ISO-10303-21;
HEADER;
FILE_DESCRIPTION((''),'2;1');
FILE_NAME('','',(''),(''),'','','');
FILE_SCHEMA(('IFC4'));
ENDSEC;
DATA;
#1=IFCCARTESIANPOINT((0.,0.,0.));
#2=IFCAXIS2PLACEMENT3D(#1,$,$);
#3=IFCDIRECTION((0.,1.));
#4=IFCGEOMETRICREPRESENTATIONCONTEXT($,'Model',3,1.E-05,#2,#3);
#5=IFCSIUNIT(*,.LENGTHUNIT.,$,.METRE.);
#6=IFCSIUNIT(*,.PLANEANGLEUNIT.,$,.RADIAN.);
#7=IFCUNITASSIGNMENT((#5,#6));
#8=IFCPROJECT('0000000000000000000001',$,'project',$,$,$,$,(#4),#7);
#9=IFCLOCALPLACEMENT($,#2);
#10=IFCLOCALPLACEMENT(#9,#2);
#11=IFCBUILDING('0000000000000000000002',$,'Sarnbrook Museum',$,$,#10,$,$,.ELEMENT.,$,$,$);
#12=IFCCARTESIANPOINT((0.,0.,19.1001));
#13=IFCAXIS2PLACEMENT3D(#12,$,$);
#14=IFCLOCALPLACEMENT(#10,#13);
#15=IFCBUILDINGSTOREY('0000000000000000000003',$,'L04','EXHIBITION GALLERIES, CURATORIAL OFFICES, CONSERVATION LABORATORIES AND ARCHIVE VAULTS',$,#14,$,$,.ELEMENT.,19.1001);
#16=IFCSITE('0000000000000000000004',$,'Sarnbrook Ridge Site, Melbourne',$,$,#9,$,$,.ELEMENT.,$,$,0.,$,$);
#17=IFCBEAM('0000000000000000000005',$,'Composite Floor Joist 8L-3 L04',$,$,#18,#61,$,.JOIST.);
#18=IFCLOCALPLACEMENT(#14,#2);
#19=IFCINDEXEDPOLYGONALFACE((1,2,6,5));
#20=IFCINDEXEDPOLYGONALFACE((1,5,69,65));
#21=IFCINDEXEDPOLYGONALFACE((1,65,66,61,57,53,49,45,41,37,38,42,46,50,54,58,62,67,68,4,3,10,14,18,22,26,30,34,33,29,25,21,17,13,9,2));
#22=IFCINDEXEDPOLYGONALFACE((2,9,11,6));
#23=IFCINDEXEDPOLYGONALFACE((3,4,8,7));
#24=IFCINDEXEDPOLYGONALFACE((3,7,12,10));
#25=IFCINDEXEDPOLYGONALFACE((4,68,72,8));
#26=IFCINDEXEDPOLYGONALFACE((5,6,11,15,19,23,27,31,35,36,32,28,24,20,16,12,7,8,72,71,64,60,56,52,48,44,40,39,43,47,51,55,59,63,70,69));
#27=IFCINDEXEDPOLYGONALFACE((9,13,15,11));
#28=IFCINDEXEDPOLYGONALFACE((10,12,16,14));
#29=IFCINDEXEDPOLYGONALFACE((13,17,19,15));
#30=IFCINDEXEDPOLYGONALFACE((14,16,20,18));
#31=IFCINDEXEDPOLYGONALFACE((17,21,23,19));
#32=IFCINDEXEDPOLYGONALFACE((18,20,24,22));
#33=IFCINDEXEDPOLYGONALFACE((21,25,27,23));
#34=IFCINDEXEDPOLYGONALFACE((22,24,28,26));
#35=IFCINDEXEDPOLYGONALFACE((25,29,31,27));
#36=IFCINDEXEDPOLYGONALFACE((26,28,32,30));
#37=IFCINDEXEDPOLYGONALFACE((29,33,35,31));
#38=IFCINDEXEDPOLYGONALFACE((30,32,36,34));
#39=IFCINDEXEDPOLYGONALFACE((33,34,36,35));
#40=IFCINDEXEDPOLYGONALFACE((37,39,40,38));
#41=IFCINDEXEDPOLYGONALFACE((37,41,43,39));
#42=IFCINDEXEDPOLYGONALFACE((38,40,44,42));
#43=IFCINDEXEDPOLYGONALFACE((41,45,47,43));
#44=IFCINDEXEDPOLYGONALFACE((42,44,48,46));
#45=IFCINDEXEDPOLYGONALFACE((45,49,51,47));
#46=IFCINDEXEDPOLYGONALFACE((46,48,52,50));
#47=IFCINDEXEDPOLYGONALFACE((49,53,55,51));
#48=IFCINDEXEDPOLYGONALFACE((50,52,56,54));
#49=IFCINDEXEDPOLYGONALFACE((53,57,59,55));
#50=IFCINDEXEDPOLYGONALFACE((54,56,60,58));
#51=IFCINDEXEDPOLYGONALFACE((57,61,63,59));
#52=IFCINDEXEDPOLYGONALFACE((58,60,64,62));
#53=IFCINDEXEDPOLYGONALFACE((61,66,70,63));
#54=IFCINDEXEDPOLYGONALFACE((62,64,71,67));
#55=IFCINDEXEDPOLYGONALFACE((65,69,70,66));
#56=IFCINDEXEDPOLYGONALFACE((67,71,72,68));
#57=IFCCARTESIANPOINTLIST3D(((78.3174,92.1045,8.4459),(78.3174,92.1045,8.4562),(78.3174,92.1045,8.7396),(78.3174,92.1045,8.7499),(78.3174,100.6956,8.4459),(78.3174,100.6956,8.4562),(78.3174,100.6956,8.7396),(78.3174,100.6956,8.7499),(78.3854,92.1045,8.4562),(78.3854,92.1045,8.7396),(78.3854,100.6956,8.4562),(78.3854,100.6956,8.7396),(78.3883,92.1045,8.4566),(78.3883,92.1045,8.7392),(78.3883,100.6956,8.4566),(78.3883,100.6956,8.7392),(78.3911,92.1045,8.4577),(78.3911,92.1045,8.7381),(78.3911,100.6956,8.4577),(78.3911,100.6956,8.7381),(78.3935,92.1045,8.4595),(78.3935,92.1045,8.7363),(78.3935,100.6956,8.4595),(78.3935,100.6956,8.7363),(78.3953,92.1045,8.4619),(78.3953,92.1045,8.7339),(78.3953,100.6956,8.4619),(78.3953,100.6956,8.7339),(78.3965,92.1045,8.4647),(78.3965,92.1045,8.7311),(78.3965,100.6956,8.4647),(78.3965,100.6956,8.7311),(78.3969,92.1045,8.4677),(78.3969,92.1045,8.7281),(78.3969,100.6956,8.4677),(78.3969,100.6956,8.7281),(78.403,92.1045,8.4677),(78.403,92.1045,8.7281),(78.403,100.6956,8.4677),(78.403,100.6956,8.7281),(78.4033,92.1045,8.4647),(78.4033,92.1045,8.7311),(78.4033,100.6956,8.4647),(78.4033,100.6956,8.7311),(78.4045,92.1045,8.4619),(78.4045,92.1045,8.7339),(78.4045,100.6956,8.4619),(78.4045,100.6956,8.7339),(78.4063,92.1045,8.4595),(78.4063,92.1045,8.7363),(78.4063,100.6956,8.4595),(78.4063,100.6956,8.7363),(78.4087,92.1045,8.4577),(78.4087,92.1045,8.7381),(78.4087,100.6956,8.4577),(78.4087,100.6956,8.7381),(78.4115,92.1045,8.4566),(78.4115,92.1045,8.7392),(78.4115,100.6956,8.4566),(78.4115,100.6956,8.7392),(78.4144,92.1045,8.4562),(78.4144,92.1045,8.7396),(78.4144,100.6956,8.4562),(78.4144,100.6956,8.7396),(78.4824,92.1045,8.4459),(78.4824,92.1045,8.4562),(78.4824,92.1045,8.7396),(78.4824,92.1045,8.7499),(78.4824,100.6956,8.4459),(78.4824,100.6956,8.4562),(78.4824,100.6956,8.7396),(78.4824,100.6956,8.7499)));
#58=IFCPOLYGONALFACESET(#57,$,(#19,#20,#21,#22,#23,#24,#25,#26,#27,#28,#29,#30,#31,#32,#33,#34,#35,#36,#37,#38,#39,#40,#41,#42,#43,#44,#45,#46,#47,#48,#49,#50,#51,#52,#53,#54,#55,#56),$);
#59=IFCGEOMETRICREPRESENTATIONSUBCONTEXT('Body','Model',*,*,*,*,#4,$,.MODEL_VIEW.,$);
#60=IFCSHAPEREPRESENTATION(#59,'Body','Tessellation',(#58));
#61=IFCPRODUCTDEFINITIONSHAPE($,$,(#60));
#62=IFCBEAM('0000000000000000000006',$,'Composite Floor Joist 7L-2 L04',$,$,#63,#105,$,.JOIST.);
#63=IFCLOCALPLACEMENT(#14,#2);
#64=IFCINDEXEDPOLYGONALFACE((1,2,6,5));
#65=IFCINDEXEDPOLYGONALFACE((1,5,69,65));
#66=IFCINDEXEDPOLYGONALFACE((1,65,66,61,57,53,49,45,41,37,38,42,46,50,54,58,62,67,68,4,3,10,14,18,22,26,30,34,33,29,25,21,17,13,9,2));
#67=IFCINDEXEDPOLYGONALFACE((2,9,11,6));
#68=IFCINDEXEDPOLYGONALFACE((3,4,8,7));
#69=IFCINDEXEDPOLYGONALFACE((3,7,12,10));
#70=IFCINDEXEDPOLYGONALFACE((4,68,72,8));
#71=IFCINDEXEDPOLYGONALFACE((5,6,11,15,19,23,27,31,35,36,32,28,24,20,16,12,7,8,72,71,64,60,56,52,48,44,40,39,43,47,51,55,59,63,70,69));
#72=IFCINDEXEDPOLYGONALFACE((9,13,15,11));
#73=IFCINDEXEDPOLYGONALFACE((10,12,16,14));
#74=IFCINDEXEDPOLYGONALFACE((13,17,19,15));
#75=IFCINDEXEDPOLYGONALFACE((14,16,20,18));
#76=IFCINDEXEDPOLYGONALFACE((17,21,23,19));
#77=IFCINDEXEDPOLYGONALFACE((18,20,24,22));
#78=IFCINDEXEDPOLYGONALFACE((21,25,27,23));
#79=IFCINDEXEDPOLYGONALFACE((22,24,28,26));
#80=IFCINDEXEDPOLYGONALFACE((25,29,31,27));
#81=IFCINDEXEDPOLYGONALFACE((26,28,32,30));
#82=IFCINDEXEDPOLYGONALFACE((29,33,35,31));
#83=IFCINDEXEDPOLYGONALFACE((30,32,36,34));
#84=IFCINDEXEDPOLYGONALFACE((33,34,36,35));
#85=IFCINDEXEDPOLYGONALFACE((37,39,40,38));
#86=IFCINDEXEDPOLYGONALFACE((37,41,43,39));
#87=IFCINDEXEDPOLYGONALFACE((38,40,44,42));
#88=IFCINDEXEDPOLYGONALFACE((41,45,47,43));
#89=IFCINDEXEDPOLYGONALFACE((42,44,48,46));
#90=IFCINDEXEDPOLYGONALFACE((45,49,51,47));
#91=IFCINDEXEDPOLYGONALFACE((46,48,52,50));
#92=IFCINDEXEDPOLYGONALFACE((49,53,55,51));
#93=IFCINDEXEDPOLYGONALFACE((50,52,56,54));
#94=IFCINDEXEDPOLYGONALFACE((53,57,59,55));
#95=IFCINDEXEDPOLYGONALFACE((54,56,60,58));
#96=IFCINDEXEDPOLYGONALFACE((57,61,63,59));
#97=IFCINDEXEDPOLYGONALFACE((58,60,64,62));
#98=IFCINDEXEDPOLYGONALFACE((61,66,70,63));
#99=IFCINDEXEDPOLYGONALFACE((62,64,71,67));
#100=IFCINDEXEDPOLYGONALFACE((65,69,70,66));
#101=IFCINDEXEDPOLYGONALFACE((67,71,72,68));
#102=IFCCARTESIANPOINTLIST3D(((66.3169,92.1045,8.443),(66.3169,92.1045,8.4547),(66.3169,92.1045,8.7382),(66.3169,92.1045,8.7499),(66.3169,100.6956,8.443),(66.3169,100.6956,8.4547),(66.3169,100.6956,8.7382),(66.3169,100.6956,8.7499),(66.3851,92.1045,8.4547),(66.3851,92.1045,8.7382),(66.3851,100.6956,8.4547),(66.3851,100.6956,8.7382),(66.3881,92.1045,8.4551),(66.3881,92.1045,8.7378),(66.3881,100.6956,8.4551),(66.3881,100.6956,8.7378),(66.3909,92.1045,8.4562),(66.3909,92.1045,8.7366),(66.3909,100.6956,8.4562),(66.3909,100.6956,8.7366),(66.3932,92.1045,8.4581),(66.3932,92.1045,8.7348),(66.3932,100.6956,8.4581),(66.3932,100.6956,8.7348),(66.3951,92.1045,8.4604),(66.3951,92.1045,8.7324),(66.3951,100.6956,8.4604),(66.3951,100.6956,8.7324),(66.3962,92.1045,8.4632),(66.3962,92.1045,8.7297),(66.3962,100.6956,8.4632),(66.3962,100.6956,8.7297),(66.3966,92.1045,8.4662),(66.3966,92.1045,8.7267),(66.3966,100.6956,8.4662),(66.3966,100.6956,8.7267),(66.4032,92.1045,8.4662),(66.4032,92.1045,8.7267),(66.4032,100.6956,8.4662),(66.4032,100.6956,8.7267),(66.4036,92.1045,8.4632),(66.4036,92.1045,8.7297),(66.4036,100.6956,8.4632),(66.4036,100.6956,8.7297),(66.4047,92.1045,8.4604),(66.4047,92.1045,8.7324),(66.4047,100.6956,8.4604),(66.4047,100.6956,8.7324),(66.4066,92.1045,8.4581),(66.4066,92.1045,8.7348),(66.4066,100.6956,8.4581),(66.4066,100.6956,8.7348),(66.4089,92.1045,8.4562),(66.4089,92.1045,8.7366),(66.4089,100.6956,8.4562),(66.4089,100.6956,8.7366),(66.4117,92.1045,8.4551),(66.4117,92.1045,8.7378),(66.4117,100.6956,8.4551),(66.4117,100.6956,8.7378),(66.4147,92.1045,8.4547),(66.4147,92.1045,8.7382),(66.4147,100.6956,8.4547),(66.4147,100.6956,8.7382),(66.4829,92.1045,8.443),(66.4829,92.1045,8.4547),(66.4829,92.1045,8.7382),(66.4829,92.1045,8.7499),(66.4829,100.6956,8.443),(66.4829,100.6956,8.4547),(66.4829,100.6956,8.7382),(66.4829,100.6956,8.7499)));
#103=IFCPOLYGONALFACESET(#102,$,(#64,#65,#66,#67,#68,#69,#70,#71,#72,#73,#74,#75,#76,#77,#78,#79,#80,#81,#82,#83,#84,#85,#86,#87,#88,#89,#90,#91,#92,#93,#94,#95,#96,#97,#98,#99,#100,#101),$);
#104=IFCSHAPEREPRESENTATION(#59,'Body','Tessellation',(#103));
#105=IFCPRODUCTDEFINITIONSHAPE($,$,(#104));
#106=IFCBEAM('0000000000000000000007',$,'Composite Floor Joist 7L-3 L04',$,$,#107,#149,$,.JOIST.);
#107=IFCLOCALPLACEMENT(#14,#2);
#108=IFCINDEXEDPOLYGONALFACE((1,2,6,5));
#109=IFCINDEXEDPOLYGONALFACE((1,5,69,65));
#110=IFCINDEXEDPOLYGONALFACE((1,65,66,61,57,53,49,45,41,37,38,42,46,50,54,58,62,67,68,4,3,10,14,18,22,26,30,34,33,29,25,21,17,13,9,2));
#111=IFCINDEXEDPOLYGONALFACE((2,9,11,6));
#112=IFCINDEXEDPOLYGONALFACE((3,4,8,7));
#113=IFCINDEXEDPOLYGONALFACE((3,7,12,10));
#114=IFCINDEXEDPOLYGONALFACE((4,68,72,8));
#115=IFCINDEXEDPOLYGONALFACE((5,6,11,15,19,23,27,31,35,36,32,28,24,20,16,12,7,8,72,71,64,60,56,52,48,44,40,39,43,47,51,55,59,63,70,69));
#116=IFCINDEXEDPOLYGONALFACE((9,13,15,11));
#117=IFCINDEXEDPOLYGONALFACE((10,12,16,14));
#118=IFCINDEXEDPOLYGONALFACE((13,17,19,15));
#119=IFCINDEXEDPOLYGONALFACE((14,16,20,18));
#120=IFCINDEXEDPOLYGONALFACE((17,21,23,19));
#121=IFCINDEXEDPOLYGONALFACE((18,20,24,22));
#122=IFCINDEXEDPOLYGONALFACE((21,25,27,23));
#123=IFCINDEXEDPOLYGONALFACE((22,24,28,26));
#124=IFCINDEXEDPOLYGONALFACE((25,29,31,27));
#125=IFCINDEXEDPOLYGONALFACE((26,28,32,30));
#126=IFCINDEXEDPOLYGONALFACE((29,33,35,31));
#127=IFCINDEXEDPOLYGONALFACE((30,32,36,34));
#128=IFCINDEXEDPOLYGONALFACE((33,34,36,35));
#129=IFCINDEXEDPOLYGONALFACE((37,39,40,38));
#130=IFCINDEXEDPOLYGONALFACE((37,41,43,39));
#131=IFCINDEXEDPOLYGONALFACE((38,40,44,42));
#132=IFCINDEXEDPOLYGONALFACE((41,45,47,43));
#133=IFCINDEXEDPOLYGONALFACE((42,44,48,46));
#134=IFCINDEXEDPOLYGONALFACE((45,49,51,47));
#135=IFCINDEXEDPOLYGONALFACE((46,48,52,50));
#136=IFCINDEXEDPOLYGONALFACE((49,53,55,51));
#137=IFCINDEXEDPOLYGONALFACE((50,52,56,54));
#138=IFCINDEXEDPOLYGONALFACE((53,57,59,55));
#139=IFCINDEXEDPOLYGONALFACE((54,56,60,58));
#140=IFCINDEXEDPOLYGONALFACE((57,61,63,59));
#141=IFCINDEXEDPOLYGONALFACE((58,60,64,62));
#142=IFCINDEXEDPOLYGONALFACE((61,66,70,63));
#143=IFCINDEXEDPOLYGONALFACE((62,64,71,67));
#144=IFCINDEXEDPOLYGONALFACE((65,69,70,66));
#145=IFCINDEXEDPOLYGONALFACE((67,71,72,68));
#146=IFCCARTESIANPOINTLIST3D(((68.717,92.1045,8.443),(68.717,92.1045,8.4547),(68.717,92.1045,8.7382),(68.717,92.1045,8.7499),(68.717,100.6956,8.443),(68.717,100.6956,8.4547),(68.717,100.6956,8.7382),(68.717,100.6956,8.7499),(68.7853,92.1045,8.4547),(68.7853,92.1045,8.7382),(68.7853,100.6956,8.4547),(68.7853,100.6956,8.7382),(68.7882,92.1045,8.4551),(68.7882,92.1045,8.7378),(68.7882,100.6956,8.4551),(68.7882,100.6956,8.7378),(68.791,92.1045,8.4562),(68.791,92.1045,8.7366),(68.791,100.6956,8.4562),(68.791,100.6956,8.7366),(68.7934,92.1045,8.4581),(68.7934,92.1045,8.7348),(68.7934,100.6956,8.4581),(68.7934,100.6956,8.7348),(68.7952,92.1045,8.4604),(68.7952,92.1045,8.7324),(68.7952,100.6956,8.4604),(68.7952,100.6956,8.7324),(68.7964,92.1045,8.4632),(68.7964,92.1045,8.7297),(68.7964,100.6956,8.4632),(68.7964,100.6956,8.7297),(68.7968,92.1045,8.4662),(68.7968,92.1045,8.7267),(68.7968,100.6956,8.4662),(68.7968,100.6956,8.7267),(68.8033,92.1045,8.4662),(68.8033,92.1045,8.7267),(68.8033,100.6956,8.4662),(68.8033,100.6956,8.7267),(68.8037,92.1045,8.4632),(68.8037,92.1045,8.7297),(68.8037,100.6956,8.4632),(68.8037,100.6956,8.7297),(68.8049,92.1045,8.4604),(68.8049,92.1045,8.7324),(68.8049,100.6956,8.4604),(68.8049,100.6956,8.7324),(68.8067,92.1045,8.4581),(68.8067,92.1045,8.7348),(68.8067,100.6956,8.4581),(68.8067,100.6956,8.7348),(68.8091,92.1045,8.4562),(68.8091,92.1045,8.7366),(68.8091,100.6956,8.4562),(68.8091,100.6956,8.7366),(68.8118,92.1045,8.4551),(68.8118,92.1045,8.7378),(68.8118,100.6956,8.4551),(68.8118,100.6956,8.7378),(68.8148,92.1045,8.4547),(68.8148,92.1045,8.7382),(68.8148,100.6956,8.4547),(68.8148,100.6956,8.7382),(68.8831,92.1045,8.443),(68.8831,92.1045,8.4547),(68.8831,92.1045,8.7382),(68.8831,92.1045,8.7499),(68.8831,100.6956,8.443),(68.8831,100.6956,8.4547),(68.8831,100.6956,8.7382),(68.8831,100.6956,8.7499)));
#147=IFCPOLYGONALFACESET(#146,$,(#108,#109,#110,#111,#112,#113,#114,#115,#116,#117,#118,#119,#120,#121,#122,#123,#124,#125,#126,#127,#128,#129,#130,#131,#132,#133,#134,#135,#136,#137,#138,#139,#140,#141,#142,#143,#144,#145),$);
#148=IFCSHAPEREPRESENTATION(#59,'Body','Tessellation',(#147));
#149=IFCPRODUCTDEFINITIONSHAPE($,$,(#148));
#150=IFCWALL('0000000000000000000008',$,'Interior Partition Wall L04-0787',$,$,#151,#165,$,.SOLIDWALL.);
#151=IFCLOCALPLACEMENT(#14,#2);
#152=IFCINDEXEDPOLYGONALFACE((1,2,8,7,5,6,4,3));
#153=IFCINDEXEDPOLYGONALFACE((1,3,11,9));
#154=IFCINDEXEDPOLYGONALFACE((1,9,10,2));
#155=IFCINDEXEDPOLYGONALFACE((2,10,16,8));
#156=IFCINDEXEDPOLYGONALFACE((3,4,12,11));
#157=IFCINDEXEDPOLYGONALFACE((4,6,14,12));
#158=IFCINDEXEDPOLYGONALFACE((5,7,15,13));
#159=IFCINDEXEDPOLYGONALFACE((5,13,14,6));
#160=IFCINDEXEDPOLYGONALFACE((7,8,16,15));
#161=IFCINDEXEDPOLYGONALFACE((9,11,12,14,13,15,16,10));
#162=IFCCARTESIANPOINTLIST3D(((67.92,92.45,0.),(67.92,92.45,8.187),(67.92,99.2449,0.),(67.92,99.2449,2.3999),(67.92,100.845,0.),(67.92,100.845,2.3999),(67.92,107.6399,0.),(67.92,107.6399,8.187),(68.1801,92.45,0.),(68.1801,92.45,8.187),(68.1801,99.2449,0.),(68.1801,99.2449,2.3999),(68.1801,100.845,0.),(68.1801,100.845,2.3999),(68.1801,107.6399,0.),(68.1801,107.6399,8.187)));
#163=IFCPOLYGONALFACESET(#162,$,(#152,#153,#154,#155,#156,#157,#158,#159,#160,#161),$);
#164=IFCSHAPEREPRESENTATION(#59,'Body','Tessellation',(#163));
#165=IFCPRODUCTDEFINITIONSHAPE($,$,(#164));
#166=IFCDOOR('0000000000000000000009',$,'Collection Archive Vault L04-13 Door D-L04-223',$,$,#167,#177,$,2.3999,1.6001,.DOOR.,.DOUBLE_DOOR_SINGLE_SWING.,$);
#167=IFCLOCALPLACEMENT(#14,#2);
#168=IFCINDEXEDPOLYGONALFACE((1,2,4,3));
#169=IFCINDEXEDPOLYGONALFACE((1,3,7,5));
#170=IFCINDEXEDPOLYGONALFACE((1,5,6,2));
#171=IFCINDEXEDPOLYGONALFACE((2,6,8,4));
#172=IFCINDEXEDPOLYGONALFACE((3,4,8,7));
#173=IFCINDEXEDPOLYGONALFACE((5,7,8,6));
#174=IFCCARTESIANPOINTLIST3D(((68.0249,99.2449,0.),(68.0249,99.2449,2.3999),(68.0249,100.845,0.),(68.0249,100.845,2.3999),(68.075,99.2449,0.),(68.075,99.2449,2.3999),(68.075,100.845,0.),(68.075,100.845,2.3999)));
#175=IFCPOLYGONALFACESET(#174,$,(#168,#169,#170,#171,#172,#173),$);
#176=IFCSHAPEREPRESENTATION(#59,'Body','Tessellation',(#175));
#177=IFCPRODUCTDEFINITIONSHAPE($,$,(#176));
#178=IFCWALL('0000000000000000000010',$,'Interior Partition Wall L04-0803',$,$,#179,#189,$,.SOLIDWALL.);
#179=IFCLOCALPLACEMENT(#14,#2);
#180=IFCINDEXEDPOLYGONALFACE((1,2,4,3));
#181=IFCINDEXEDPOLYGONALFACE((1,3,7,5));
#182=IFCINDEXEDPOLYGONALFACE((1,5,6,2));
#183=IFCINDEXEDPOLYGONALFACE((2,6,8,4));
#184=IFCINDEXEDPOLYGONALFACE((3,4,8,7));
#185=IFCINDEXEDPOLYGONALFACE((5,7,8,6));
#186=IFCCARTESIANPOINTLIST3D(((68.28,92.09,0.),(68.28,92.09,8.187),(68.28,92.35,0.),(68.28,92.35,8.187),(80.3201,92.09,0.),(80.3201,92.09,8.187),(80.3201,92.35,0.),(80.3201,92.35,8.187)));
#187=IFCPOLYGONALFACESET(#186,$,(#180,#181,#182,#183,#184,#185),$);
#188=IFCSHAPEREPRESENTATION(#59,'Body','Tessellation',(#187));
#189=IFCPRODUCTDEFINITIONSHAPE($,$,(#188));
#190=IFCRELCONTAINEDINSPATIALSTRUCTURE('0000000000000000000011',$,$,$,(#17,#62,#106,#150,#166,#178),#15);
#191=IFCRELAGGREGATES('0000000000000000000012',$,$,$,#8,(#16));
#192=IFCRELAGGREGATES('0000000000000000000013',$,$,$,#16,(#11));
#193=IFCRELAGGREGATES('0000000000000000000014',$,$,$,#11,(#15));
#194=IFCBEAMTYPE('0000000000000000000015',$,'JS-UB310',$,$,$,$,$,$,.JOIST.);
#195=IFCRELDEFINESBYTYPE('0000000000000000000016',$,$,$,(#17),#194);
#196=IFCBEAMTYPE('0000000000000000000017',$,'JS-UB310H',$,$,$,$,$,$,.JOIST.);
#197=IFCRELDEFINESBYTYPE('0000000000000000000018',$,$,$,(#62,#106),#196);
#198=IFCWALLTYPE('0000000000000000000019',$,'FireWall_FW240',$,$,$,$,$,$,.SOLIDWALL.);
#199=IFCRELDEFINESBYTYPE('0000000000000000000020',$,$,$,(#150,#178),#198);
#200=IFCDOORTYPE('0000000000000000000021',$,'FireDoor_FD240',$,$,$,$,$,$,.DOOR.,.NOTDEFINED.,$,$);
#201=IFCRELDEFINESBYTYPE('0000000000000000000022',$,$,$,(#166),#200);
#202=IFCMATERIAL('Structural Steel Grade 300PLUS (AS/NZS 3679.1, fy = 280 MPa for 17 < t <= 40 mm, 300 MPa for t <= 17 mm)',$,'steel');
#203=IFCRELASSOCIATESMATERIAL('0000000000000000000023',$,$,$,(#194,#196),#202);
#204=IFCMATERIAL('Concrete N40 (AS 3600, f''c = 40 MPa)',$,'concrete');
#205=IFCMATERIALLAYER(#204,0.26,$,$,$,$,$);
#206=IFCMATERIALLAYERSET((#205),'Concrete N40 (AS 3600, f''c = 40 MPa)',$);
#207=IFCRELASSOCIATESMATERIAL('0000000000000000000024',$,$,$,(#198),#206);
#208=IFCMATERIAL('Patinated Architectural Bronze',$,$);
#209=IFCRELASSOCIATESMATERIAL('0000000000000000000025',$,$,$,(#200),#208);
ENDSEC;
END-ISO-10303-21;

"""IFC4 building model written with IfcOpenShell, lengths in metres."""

from ifc_helpers import new_model, si_unit, direction, frame, frame_2d, origin, origin_2d, place, context, subcontext, project, spatial, rectangle, i_section, extrude, material, layer, layer_set, material_profile, profile_set, type_object, element, fill, save


model = new_model("IFC4")

# Units and contexts
model_context = context("Model", 3, precision=1e-05, world=origin(), true_north=direction((0.0, 1.0)))
body_context = subcontext(model_context, "Body", "Model", "MODEL_VIEW")
ifc_project = project(units=[si_unit("LENGTHUNIT", "METRE"), si_unit("PLANEANGLEUNIT", "RADIAN")], contexts=[model_context])

# Site, building, storey
site_placement = place(None, origin())
site = spatial("IfcSite", under=ifc_project, at=site_placement, Name="Sarnbrook Ridge Site, Melbourne", CompositionType="ELEMENT", RefElevation=0.0)
building_placement = place(site_placement, origin())
building = spatial("IfcBuilding", under=site, at=building_placement, Name="Sarnbrook Museum", CompositionType="ELEMENT")
storey_placement = place(building_placement, frame((0.0, 0.0, 19.1001)))
storey = spatial("IfcBuildingStorey", under=building, at=storey_placement, Name="L04", Description="EXHIBITION GALLERIES, CURATORIAL OFFICES, CONSERVATION LABORATORIES AND ARCHIVE VAULTS", CompositionType="ELEMENT", Elevation=19.1001)

# Shared definitions
ifc_material_1 = material(Name="Structural Steel Grade 300PLUS (AS/NZS 3679.1, fy = 280 MPa for 17 < t <= 40 mm, 300 MPa for t <= 17 mm)", Category="steel")

# Beams
ifc_material_profile_1 = material_profile(ifc_material_1, i_section(OverallWidth=0.165, OverallDepth=0.304, WebThickness=0.0061, FlangeThickness=0.0103, FilletRadius=0.0115, at=origin_2d()), Name="310UB40.4")
ifc_profile_set_1 = profile_set([ifc_material_profile_1], Name="Structural Steel Grade 300PLUS (AS/NZS 3679.1, fy = 280 MPa for 17 < t <= 40 mm, 300 MPa for t <= 17 mm)")
beam_type_1 = type_object("IfcBeamType", Name="JS-UB310", PredefinedType="JOIST", material=ifc_profile_set_1)
for number, where, z_axis, x_axis, name in (
    (1, (78.3999, 92.1045, 8.5979), (0.0, 1.0, 0.0), (-1.0, 0.0, 0.0), "Composite Floor Joist 8L-3 L04"),
):
    element("IfcBeam", number, at=place(storey_placement, frame(where, z_axis=z_axis, x_axis=x_axis)), inside=storey, type_object=beam_type_1, Name=name, PredefinedType="JOIST", context=body_context, shape_type="SweptSolid", body=[
        extrude(i_section(OverallWidth=0.165, OverallDepth=0.304, WebThickness=0.0061, FlangeThickness=0.0103, FilletRadius=0.0115, at=origin_2d()), origin(), (0.0, 0.0, 1.0), 8.5911),
    ])
ifc_material_profile_2 = material_profile(ifc_material_1, i_section(OverallWidth=0.166, OverallDepth=0.3069, WebThickness=0.0066, FlangeThickness=0.0117, FilletRadius=0.0115, at=origin_2d()), Name="310UB46.2")
ifc_profile_set_2 = profile_set([ifc_material_profile_2], Name="Structural Steel Grade 300PLUS (AS/NZS 3679.1, fy = 280 MPa for 17 < t <= 40 mm, 300 MPa for t <= 17 mm)")
beam_type_2 = type_object("IfcBeamType", Name="JS-UB310H", PredefinedType="JOIST", material=ifc_profile_set_2)
for number, where, z_axis, x_axis, name in (
    (2, (66.3999, 92.1045, 8.5964), (0.0, 1.0, 0.0), (-1.0, 0.0, 0.0), "Composite Floor Joist 7L-2 L04"),
    (3, (68.8, 92.1045, 8.5964), (0.0, 1.0, 0.0), (-1.0, 0.0, 0.0), "Composite Floor Joist 7L-3 L04"),
):
    element("IfcBeam", number, at=place(storey_placement, frame(where, z_axis=z_axis, x_axis=x_axis)), inside=storey, type_object=beam_type_2, Name=name, PredefinedType="JOIST", context=body_context, shape_type="SweptSolid", body=[
        extrude(i_section(OverallWidth=0.166, OverallDepth=0.3069, WebThickness=0.0066, FlangeThickness=0.0117, FilletRadius=0.0115, at=origin_2d()), origin(), (0.0, 0.0, 1.0), 8.5911),
    ])

# Wall, opening, door
ifc_material_2 = material(Name="Concrete N40 (AS 3600, f'c = 40 MPa)", Category="concrete")
ifc_layer = layer(ifc_material_2, 0.26)
ifc_layer_set = layer_set([ifc_layer], Name="Concrete N40 (AS 3600, f'c = 40 MPa)")
wall_type = type_object("IfcWallType", Name="FireWall_FW240", PredefinedType="SOLIDWALL", material=ifc_layer_set)
wall_1_placement = place(storey_placement, frame((68.05, 92.45, 0.0), z_axis=(0.0, 0.0, 1.0), x_axis=(0.0, 1.0, 0.0)))
wall_1 = element("IfcWall", 4, at=wall_1_placement, inside=storey, type_object=wall_type, Name="Interior Partition Wall L04-0787", PredefinedType="SOLIDWALL", context=body_context, shape_type="SweptSolid", body=[
    extrude(rectangle(XDim=15.1899, YDim=0.26, at=frame_2d((7.595, 0.0))), origin(), (0.0, 0.0, 1.0), 8.187),
])
opening_placement = place(wall_1_placement, frame((6.7949, 0.0, 0.0)))
opening = element("IfcOpeningElement", 5, at=opening_placement, cuts=wall_1, PredefinedType="OPENING", context=body_context, shape_type="SweptSolid", body=[
    extrude(rectangle(XDim=1.6001, YDim=2.3999, at=frame_2d((0.8, 1.2))), frame((0.0, 0.1401, 0.0), z_axis=(0.0, -1.0, 0.0), x_axis=(1.0, 0.0, 0.0)), (0.0, 0.0, 1.0), 0.28),
])
ifc_material_3 = material(Name="Patinated Architectural Bronze")
door_type = type_object("IfcDoorType", Name="FireDoor_FD240", OperationType="NOTDEFINED", PredefinedType="DOOR", material=ifc_material_3)
door_placement = place(opening_placement, frame((1.6001, 0.0, 0.0), z_axis=(0.0, 0.0, 1.0), x_axis=(-1.0, 0.0, 0.0)))
door = element("IfcDoor", 6, at=door_placement, inside=storey, type_object=door_type, Name="Collection Archive Vault L04-13 Door D-L04-223", OperationType="DOUBLE_DOOR_SINGLE_SWING", OverallHeight=2.3999, OverallWidth=1.6001, PredefinedType="DOOR", context=body_context, shape_type="SweptSolid", body=[
    extrude(rectangle(XDim=1.6001, YDim=2.3999, at=frame_2d((0.8, 1.2))), frame((0.0, 0.0249, 0.0), z_axis=(0.0, -1.0, 0.0), x_axis=(1.0, 0.0, 0.0)), (0.0, 0.0, 1.0), 0.05),
])
fill(opening, door)

# Wall
wall_2_placement = place(storey_placement, frame((80.3201, 92.22, 0.0), z_axis=(0.0, 0.0, 1.0), x_axis=(-1.0, 0.0, 0.0)))
element("IfcWall", 7, at=wall_2_placement, inside=storey, type_object=wall_type, Name="Interior Partition Wall L04-0803", PredefinedType="SOLIDWALL", context=body_context, shape_type="SweptSolid", body=[
    extrude(rectangle(XDim=12.04, YDim=0.26, at=frame_2d((6.02, 0.0))), origin(), (0.0, 0.0, 1.0), 8.187),
])

save(model, "model.ifc")
